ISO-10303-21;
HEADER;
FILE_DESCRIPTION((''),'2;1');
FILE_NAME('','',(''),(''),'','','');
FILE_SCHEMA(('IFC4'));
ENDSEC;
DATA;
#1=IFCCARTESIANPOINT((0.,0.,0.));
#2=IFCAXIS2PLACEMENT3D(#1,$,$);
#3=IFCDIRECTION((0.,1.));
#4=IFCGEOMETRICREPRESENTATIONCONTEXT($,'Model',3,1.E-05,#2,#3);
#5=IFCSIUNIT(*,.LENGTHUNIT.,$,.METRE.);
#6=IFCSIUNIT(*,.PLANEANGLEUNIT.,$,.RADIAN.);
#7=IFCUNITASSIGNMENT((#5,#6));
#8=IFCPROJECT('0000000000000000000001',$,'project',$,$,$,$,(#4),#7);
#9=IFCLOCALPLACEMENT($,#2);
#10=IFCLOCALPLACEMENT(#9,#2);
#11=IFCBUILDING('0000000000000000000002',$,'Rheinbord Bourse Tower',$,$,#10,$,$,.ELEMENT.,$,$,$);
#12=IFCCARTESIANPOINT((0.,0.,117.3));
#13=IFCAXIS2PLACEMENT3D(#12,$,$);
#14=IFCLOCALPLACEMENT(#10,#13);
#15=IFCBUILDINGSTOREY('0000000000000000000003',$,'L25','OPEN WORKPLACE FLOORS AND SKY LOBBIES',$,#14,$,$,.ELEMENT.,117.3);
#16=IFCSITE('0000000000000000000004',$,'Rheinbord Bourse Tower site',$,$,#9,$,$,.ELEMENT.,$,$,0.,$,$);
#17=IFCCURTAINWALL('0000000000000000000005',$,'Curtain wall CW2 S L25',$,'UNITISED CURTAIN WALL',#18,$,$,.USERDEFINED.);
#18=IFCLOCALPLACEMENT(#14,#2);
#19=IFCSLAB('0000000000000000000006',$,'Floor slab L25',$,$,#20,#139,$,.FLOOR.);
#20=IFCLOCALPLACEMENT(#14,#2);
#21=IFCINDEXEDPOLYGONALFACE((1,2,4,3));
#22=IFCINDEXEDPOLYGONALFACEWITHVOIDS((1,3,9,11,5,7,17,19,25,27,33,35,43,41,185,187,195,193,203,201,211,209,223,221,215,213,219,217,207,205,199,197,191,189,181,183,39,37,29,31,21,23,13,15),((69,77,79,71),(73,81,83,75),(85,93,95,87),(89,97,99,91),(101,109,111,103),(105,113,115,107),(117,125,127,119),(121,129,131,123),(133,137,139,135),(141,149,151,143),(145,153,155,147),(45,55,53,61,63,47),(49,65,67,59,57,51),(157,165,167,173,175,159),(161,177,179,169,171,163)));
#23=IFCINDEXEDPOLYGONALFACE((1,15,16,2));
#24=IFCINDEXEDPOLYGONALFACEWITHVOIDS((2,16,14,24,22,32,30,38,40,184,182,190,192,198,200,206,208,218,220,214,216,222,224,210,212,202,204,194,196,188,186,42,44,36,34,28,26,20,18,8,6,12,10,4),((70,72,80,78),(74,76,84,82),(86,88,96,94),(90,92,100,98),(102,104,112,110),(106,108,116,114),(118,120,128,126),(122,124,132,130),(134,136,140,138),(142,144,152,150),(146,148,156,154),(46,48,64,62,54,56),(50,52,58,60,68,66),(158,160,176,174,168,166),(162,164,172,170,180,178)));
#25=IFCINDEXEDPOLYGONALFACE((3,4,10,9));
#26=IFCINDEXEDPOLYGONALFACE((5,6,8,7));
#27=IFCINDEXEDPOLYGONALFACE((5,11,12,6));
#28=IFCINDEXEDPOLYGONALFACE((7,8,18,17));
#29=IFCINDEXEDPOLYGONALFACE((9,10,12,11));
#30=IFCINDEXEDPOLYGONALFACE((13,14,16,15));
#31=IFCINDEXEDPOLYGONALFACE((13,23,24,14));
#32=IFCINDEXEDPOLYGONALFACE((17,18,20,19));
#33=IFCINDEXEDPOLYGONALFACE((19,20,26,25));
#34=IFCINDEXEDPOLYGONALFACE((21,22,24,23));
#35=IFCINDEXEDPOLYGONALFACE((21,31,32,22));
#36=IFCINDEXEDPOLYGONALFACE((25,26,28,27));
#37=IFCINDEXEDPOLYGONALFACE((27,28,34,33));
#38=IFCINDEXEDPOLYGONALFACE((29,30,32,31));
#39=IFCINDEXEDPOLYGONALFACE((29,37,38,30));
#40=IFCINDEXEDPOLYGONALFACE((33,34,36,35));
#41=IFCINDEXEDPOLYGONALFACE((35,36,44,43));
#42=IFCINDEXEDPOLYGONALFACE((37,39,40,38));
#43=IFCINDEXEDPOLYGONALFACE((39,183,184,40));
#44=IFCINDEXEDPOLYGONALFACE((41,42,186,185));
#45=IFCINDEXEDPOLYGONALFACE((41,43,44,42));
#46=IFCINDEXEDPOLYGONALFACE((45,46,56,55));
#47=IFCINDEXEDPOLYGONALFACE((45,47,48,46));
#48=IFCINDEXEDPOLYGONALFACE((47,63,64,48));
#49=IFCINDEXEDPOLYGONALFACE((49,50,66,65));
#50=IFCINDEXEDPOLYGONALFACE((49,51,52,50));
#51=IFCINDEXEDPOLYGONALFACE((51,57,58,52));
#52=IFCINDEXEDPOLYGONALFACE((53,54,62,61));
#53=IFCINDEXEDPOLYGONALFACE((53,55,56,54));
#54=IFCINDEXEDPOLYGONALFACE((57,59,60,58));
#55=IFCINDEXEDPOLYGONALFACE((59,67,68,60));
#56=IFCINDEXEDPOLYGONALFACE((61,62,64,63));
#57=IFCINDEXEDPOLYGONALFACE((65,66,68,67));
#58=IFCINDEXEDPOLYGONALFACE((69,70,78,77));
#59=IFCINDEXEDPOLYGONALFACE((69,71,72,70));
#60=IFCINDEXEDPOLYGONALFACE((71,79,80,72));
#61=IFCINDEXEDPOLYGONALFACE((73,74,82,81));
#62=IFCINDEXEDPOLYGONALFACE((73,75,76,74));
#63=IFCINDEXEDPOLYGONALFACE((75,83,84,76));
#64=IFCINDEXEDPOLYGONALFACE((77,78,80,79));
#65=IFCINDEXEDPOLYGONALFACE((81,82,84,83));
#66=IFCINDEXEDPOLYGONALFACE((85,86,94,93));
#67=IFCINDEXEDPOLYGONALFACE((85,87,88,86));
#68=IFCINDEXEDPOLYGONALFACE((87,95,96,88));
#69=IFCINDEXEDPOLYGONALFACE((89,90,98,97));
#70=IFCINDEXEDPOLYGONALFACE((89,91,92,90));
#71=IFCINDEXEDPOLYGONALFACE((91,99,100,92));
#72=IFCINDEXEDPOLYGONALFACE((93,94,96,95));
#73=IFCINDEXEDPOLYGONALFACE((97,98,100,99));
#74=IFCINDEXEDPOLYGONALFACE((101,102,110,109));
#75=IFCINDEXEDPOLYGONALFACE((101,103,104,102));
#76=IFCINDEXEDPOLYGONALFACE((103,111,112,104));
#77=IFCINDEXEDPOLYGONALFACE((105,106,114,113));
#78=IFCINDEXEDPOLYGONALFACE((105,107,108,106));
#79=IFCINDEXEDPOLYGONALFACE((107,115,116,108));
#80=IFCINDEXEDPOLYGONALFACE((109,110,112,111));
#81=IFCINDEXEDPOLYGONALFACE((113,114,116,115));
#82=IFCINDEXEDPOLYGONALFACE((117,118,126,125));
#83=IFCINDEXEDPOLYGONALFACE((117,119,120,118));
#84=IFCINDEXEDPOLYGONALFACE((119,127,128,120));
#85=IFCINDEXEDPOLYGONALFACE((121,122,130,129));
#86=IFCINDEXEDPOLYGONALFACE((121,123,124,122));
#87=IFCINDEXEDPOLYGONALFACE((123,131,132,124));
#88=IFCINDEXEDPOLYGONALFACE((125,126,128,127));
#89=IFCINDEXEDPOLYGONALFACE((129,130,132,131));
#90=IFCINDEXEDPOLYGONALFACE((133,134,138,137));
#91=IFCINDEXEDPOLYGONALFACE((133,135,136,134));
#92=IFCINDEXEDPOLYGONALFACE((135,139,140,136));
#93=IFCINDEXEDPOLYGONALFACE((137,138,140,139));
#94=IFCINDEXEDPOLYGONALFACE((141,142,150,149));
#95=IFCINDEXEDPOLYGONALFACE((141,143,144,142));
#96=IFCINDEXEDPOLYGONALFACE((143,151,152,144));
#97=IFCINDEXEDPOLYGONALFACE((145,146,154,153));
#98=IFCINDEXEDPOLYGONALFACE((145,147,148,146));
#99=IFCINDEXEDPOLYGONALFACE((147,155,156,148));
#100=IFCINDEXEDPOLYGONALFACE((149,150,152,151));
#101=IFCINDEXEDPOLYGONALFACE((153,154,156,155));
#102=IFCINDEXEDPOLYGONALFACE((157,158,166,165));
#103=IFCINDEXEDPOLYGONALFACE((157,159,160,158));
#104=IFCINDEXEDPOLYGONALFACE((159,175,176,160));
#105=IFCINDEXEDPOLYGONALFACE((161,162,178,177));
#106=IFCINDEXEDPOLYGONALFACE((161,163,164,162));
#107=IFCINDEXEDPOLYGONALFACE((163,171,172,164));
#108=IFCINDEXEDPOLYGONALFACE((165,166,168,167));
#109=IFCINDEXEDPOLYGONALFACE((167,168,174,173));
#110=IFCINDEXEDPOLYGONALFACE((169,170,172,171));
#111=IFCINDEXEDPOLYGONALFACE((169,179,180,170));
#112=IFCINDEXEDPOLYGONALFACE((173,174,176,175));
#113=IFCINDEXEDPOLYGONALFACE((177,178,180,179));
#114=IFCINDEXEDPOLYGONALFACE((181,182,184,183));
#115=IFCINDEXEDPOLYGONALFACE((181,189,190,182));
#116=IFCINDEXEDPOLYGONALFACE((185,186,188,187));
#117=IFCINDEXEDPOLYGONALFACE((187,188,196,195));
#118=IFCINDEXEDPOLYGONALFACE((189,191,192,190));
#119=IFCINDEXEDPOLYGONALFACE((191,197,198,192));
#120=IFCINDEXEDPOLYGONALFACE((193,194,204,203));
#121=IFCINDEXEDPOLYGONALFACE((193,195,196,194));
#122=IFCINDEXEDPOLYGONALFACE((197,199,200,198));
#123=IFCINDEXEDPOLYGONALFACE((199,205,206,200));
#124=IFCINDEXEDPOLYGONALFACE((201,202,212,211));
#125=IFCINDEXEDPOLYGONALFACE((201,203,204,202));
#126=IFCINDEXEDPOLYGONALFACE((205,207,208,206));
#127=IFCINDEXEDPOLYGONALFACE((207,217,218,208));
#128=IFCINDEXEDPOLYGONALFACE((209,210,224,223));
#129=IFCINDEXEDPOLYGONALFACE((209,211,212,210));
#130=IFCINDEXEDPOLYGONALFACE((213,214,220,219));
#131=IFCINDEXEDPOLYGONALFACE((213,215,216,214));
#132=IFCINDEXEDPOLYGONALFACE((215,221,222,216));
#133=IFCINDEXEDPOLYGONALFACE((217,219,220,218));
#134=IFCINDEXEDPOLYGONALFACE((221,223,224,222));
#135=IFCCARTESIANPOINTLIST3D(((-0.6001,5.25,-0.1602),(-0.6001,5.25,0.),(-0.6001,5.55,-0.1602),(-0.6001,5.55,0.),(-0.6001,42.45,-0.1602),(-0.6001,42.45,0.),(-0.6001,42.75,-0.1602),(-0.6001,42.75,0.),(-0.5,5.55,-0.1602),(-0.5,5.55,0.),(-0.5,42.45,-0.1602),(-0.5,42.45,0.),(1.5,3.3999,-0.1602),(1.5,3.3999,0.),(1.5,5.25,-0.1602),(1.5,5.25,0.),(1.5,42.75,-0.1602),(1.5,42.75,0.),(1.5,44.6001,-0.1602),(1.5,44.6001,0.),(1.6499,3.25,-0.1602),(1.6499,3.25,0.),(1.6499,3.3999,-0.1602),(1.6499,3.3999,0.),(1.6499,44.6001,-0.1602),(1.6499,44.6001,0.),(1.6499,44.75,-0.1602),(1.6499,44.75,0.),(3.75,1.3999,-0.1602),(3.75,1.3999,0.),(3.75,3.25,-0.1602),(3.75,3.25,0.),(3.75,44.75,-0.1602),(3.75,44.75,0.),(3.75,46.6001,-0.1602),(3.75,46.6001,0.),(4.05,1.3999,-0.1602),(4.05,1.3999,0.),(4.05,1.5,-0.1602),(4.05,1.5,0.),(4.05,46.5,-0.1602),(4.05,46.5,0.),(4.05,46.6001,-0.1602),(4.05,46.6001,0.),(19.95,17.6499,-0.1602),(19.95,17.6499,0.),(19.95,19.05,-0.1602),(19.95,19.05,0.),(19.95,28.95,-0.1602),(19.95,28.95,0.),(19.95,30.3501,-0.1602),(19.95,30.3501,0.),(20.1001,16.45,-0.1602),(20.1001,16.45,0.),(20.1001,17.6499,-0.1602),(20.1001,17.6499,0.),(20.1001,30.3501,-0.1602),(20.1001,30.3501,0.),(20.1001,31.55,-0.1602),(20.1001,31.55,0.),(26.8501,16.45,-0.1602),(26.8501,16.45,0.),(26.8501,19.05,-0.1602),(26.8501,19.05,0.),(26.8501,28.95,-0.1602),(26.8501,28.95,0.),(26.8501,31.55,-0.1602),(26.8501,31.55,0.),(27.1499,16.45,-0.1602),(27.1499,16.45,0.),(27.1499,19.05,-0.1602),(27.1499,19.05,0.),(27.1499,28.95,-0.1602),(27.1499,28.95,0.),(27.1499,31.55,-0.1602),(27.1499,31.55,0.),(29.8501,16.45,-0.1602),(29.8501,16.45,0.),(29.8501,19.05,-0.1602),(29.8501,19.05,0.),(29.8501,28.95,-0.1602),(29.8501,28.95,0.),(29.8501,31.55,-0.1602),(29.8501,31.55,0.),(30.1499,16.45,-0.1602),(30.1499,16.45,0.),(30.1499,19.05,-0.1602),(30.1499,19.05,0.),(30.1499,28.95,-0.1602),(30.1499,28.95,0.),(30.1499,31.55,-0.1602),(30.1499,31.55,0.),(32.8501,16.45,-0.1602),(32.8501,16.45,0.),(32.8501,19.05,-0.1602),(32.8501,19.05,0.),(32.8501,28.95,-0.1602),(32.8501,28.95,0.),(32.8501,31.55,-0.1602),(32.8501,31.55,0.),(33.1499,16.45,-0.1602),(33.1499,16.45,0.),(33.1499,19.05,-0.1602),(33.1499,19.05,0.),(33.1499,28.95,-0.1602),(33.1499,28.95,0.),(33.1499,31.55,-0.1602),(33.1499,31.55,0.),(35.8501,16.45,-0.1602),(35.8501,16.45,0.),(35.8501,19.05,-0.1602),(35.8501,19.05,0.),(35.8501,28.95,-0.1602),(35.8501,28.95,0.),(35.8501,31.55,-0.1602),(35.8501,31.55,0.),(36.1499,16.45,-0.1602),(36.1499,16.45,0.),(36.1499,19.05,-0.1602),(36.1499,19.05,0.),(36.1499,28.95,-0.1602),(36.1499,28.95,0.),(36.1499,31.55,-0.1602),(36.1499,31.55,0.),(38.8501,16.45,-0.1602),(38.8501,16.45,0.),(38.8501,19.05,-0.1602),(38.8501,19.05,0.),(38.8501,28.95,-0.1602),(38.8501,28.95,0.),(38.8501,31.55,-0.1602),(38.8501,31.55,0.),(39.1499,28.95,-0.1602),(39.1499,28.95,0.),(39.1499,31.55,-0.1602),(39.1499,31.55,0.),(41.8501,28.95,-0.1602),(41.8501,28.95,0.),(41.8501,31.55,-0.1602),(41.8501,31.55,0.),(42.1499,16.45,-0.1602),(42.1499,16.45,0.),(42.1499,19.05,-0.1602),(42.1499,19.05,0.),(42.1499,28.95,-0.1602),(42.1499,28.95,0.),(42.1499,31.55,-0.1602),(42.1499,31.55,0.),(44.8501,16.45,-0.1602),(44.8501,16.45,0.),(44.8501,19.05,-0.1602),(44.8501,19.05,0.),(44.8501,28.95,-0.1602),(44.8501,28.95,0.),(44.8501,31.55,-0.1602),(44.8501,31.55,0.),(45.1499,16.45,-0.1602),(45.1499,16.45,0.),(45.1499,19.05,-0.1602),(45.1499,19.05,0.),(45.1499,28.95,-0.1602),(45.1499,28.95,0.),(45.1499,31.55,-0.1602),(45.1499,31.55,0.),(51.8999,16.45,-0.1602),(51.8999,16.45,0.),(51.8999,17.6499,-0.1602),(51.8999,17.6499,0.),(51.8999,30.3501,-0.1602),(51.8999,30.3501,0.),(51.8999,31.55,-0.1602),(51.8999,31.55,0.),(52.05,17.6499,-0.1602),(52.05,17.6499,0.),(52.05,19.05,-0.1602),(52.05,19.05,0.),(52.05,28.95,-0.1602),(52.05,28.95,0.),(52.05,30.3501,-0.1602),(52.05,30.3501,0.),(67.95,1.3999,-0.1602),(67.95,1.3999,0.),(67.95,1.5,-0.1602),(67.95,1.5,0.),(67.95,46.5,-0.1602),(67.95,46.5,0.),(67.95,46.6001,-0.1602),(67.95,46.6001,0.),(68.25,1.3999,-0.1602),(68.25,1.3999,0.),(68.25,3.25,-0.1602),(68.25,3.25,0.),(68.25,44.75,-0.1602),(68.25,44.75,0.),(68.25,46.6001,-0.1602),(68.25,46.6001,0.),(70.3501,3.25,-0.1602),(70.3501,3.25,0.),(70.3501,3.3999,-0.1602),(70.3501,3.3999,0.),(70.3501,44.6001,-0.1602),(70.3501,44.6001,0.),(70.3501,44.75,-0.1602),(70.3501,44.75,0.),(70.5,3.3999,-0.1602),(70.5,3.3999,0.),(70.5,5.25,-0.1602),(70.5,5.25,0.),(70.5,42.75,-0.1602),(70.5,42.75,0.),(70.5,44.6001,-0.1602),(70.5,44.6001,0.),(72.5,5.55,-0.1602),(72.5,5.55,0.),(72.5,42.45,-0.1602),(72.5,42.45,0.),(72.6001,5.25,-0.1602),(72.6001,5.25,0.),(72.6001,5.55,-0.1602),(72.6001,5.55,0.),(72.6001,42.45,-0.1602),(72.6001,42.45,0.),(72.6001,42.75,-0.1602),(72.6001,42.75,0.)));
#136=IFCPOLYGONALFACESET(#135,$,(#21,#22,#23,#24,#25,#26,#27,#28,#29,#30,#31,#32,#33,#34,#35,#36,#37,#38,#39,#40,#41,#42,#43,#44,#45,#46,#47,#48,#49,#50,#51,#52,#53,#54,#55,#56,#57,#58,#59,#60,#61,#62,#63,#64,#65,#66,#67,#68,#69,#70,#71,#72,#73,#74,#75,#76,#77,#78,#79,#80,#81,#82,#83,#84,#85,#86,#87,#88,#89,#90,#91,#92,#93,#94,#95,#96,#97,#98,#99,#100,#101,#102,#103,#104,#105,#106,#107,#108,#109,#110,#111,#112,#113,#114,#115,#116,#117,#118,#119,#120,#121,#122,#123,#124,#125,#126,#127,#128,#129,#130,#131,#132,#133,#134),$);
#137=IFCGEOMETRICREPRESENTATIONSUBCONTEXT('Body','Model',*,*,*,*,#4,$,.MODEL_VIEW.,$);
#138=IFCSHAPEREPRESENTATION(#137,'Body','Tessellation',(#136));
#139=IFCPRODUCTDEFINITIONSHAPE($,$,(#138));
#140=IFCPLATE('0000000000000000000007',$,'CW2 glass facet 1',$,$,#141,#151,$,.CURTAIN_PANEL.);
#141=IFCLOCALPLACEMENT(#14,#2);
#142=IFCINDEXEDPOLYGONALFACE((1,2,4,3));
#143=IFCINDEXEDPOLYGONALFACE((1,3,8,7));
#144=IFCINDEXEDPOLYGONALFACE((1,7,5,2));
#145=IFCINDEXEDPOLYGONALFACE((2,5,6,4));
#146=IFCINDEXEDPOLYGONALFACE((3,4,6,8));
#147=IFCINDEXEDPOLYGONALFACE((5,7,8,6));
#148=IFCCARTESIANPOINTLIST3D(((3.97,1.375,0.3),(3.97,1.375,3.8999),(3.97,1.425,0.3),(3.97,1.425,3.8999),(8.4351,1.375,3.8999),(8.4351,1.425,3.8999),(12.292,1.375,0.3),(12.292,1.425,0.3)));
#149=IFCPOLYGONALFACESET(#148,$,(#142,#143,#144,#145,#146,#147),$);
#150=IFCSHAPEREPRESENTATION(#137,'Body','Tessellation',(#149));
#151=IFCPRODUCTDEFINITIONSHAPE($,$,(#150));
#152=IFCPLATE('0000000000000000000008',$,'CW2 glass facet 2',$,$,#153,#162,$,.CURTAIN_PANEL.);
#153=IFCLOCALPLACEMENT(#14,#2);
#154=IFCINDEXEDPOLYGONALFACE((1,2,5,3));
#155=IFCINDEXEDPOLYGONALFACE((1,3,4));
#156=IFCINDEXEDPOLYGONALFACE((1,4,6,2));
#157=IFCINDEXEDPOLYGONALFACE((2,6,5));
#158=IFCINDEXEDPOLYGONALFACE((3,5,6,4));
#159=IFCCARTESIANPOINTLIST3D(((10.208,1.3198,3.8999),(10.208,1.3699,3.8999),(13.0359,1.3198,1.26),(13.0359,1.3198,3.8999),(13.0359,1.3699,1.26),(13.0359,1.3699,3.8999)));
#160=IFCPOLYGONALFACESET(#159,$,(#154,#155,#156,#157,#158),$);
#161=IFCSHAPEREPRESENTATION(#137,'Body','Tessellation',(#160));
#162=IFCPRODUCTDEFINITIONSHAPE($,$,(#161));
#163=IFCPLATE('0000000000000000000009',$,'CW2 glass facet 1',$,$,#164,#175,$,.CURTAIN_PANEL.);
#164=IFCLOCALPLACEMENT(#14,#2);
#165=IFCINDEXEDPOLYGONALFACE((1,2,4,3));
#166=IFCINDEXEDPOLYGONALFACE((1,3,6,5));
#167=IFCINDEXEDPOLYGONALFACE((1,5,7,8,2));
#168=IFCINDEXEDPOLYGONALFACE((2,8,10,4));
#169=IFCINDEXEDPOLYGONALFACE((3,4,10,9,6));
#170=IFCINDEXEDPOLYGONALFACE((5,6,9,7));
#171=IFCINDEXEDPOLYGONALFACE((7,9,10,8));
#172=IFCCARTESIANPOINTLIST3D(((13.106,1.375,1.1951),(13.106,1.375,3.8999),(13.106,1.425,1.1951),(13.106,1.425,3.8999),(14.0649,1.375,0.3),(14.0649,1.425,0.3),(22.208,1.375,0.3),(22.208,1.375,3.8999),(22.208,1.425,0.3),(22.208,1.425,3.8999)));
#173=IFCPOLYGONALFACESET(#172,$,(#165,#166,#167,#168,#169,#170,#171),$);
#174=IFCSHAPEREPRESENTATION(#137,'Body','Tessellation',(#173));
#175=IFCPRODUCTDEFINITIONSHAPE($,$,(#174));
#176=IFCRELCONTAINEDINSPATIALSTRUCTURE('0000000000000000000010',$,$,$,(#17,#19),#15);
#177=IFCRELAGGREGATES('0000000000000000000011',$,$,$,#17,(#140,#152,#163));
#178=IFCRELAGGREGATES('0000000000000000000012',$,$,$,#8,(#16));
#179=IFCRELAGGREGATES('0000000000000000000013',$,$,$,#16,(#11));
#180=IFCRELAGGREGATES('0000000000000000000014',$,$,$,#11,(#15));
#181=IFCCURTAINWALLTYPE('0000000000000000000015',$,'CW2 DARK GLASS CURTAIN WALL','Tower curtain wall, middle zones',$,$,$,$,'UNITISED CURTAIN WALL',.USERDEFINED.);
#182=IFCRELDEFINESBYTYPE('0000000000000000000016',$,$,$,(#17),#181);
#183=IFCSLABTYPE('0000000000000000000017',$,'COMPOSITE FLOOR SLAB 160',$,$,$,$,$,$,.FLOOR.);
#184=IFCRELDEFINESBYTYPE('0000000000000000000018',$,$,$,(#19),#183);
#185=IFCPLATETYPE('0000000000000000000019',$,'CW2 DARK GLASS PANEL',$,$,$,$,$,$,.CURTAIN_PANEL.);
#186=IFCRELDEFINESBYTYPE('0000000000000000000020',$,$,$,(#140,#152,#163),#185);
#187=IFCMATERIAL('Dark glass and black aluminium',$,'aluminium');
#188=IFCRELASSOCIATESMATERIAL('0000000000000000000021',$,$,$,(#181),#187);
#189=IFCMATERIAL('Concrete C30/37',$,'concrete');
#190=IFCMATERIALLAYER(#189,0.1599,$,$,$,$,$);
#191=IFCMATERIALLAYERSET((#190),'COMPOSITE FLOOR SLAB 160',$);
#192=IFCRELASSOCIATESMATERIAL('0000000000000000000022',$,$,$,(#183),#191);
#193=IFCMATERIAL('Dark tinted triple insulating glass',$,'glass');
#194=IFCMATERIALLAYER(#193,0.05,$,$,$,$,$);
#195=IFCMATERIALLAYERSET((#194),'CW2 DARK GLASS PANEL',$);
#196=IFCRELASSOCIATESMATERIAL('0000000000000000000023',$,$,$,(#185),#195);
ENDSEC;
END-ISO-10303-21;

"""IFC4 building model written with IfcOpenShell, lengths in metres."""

from ifc_helpers import new_model, si_unit, direction, frame, origin, place, context, subcontext, project, spatial, polyline, outline, extrude, material, layer, layer_set, type_object, element, aggregate, save


model = new_model("IFC4")

# Units and contexts
model_context = context("Model", 3, precision=1e-05, world=origin(), true_north=direction((0.0, 1.0)))
body_context = subcontext(model_context, "Body", "Model", "MODEL_VIEW")
ifc_project = project(units=[si_unit("LENGTHUNIT", "METRE"), si_unit("PLANEANGLEUNIT", "RADIAN")], contexts=[model_context])

# Site, building, storey
site_placement = place(None, origin())
site = spatial("IfcSite", under=ifc_project, at=site_placement, Name="Rheinbord Bourse Tower site", CompositionType="ELEMENT", RefElevation=0.0)
building_placement = place(site_placement, origin())
building = spatial("IfcBuilding", under=site, at=building_placement, Name="Rheinbord Bourse Tower", CompositionType="ELEMENT")
storey_placement = place(building_placement, frame((0.0, 0.0, 117.3)))
storey = spatial("IfcBuildingStorey", under=building, at=storey_placement, Name="L25", Description="OPEN WORKPLACE FLOORS AND SKY LOBBIES", CompositionType="ELEMENT", Elevation=117.3)

# Curtain wall
ifc_material_1 = material(Name="Dark glass and black aluminium", Category="aluminium")
curtain_wall_type = type_object("IfcCurtainWallType", Name="CW2 DARK GLASS CURTAIN WALL", Description="Tower curtain wall, middle zones", ElementType="UNITISED CURTAIN WALL", PredefinedType="USERDEFINED", material=ifc_material_1)
curtain_wall_1_placement = place(storey_placement, origin())
curtain_wall_1 = element("IfcCurtainWall", 1, at=curtain_wall_1_placement, inside=storey, type_object=curtain_wall_type, Name="Curtain wall CW2 S L25", ObjectType="UNITISED CURTAIN WALL", PredefinedType="USERDEFINED")

# Slab
ifc_material_2 = material(Name="Concrete C30/37", Category="concrete")
ifc_layer_1 = layer(ifc_material_2, 0.1599)
ifc_layer_set_1 = layer_set([ifc_layer_1], Name="COMPOSITE FLOOR SLAB 160")
slab_type_1 = type_object("IfcSlabType", Name="COMPOSITE FLOOR SLAB 160", PredefinedType="FLOOR", material=ifc_layer_set_1)
slab_1_placement = place(storey_placement, frame((0.0, 0.0, -0.1602)))
element("IfcSlab", 2, at=slab_1_placement, inside=storey, type_object=slab_type_1, Name="Floor slab L25", PredefinedType="FLOOR", context=body_context, shape_type="SweptSolid", body=[
    extrude(outline(polyline([(1.6499, 3.3999), (1.5, 3.3999), (1.5, 5.25), (-0.6001, 5.25), (-0.6001, 5.55), (-0.5, 5.55), (-0.5, 42.45), (-0.6001, 42.45), (-0.6001, 42.75), (1.5, 42.75), (1.5, 44.6001), (1.6499, 44.6001), (1.6499, 44.75), (3.75, 44.75), (3.75, 46.6001), (4.05, 46.6001), (4.05, 46.5), (67.95, 46.5), (67.95, 46.6001), (68.25, 46.6001), (68.25, 44.75), (70.3501, 44.75), (70.3501, 44.6001), (70.5, 44.6001), (70.5, 42.75), (72.6001, 42.75), (72.6001, 42.45), (72.5, 42.45), (72.5, 5.55), (72.6001, 5.55), (72.6001, 5.25), (70.5, 5.25), (70.5, 3.3999), (70.3501, 3.3999), (70.3501, 3.25), (68.25, 3.25), (68.25, 1.3999), (67.95, 1.3999), (67.95, 1.5), (4.05, 1.5), (4.05, 1.3999), (3.75, 1.3999), (3.75, 3.25), (1.6499, 3.25), (1.6499, 3.3999)]), holes=[polyline([(19.95, 19.05), (26.8501, 19.05), (26.8501, 16.45), (20.1001, 16.45), (20.1001, 17.6499), (19.95, 17.6499), (19.95, 19.05)]), polyline([(26.8501, 31.55), (26.8501, 28.95), (19.95, 28.95), (19.95, 30.3501), (20.1001, 30.3501), (20.1001, 31.55), (26.8501, 31.55)]), polyline([(45.1499, 16.45), (45.1499, 19.05), (52.05, 19.05), (52.05, 17.6499), (51.8999, 17.6499), (51.8999, 16.45), (45.1499, 16.45)]), polyline([(52.05, 28.95), (45.1499, 28.95), (45.1499, 31.55), (51.8999, 31.55), (51.8999, 30.3501), (52.05, 30.3501), (52.05, 28.95)]), polyline([(27.1499, 16.45), (27.1499, 19.05), (29.8501, 19.05), (29.8501, 16.45), (27.1499, 16.45)]), polyline([(27.1499, 28.95), (27.1499, 31.55), (29.8501, 31.55), (29.8501, 28.95), (27.1499, 28.95)]), polyline([(30.1499, 16.45), (30.1499, 19.05), (32.8501, 19.05), (32.8501, 16.45), (30.1499, 16.45)]), polyline([(30.1499, 28.95), (30.1499, 31.55), (32.8501, 31.55), (32.8501, 28.95), (30.1499, 28.95)]), polyline([(33.1499, 16.45), (33.1499, 19.05), (35.8501, 19.05), (35.8501, 16.45), (33.1499, 16.45)]), polyline([(33.1499, 28.95), (33.1499, 31.55), (35.8501, 31.55), (35.8501, 28.95), (33.1499, 28.95)]), polyline([(36.1499, 16.45), (36.1499, 19.05), (38.8501, 19.05), (38.8501, 16.45), (36.1499, 16.45)]), polyline([(36.1499, 28.95), (36.1499, 31.55), (38.8501, 31.55), (38.8501, 28.95), (36.1499, 28.95)]), polyline([(39.1499, 28.95), (39.1499, 31.55), (41.8501, 31.55), (41.8501, 28.95), (39.1499, 28.95)]), polyline([(42.1499, 16.45), (42.1499, 19.05), (44.8501, 19.05), (44.8501, 16.45), (42.1499, 16.45)]), polyline([(42.1499, 28.95), (42.1499, 31.55), (44.8501, 31.55), (44.8501, 28.95), (42.1499, 28.95)])]), origin(), (0.0, 0.0, 1.0), 0.1602),
])

# Plates
ifc_material_3 = material(Name="Dark tinted triple insulating glass", Category="glass")
ifc_layer_2 = layer(ifc_material_3, 0.05)
ifc_layer_set_2 = layer_set([ifc_layer_2], Name="CW2 DARK GLASS PANEL")
plate_type = type_object("IfcPlateType", Name="CW2 DARK GLASS PANEL", PredefinedType="CURTAIN_PANEL", material=ifc_layer_set_2)
plate_1_placement = place(storey_placement, frame((3.97, 1.375, 0.3), z_axis=(0.0, 1.0, 0.0), x_axis=(0.0, 0.0, 1.0)))
plate_1 = element("IfcPlate", 3, at=plate_1_placement, type_object=plate_type, Name="CW2 glass facet 1", PredefinedType="CURTAIN_PANEL", context=body_context, shape_type="SweptSolid", body=[
    extrude(outline(polyline([(0.0, 0.0), (3.5999, 0.0), (3.5999, 4.4651), (0.0, 8.322), (0.0, 0.0)])), origin(), (0.0, 0.0, 1.0), 0.05),
])
plate_2_placement = place(storey_placement, frame((13.0359, 1.3198, 3.8999), z_axis=(0.0, 1.0, 0.0), x_axis=(0.0, 0.0, -1.0)))
plate_2 = element("IfcPlate", 4, at=plate_2_placement, type_object=plate_type, Name="CW2 glass facet 2", PredefinedType="CURTAIN_PANEL", context=body_context, shape_type="SweptSolid", body=[
    extrude(outline(polyline([(0.0, 0.0), (2.6399, 0.0), (0.0, 2.8279), (0.0, 0.0)])), origin(), (0.0, 0.0, 1.0), 0.05),
])
plate_3_placement = place(storey_placement, frame((13.106, 1.375, 3.8999), z_axis=(0.0, 1.0, 0.0), x_axis=(1.0, 0.0, 0.0)))
plate_3 = element("IfcPlate", 5, at=plate_3_placement, type_object=plate_type, Name="CW2 glass facet 1", PredefinedType="CURTAIN_PANEL", context=body_context, shape_type="SweptSolid", body=[
    extrude(outline(polyline([(0.0, 0.0), (9.1021, 0.0), (9.1021, 3.5999), (0.959, 3.5999), (0.0, 2.7048), (0.0, 0.0)])), origin(), (0.0, 0.0, 1.0), 0.05),
])
aggregate(curtain_wall_1, [plate_1, plate_2, plate_3])

save(model, "model.ifc")
